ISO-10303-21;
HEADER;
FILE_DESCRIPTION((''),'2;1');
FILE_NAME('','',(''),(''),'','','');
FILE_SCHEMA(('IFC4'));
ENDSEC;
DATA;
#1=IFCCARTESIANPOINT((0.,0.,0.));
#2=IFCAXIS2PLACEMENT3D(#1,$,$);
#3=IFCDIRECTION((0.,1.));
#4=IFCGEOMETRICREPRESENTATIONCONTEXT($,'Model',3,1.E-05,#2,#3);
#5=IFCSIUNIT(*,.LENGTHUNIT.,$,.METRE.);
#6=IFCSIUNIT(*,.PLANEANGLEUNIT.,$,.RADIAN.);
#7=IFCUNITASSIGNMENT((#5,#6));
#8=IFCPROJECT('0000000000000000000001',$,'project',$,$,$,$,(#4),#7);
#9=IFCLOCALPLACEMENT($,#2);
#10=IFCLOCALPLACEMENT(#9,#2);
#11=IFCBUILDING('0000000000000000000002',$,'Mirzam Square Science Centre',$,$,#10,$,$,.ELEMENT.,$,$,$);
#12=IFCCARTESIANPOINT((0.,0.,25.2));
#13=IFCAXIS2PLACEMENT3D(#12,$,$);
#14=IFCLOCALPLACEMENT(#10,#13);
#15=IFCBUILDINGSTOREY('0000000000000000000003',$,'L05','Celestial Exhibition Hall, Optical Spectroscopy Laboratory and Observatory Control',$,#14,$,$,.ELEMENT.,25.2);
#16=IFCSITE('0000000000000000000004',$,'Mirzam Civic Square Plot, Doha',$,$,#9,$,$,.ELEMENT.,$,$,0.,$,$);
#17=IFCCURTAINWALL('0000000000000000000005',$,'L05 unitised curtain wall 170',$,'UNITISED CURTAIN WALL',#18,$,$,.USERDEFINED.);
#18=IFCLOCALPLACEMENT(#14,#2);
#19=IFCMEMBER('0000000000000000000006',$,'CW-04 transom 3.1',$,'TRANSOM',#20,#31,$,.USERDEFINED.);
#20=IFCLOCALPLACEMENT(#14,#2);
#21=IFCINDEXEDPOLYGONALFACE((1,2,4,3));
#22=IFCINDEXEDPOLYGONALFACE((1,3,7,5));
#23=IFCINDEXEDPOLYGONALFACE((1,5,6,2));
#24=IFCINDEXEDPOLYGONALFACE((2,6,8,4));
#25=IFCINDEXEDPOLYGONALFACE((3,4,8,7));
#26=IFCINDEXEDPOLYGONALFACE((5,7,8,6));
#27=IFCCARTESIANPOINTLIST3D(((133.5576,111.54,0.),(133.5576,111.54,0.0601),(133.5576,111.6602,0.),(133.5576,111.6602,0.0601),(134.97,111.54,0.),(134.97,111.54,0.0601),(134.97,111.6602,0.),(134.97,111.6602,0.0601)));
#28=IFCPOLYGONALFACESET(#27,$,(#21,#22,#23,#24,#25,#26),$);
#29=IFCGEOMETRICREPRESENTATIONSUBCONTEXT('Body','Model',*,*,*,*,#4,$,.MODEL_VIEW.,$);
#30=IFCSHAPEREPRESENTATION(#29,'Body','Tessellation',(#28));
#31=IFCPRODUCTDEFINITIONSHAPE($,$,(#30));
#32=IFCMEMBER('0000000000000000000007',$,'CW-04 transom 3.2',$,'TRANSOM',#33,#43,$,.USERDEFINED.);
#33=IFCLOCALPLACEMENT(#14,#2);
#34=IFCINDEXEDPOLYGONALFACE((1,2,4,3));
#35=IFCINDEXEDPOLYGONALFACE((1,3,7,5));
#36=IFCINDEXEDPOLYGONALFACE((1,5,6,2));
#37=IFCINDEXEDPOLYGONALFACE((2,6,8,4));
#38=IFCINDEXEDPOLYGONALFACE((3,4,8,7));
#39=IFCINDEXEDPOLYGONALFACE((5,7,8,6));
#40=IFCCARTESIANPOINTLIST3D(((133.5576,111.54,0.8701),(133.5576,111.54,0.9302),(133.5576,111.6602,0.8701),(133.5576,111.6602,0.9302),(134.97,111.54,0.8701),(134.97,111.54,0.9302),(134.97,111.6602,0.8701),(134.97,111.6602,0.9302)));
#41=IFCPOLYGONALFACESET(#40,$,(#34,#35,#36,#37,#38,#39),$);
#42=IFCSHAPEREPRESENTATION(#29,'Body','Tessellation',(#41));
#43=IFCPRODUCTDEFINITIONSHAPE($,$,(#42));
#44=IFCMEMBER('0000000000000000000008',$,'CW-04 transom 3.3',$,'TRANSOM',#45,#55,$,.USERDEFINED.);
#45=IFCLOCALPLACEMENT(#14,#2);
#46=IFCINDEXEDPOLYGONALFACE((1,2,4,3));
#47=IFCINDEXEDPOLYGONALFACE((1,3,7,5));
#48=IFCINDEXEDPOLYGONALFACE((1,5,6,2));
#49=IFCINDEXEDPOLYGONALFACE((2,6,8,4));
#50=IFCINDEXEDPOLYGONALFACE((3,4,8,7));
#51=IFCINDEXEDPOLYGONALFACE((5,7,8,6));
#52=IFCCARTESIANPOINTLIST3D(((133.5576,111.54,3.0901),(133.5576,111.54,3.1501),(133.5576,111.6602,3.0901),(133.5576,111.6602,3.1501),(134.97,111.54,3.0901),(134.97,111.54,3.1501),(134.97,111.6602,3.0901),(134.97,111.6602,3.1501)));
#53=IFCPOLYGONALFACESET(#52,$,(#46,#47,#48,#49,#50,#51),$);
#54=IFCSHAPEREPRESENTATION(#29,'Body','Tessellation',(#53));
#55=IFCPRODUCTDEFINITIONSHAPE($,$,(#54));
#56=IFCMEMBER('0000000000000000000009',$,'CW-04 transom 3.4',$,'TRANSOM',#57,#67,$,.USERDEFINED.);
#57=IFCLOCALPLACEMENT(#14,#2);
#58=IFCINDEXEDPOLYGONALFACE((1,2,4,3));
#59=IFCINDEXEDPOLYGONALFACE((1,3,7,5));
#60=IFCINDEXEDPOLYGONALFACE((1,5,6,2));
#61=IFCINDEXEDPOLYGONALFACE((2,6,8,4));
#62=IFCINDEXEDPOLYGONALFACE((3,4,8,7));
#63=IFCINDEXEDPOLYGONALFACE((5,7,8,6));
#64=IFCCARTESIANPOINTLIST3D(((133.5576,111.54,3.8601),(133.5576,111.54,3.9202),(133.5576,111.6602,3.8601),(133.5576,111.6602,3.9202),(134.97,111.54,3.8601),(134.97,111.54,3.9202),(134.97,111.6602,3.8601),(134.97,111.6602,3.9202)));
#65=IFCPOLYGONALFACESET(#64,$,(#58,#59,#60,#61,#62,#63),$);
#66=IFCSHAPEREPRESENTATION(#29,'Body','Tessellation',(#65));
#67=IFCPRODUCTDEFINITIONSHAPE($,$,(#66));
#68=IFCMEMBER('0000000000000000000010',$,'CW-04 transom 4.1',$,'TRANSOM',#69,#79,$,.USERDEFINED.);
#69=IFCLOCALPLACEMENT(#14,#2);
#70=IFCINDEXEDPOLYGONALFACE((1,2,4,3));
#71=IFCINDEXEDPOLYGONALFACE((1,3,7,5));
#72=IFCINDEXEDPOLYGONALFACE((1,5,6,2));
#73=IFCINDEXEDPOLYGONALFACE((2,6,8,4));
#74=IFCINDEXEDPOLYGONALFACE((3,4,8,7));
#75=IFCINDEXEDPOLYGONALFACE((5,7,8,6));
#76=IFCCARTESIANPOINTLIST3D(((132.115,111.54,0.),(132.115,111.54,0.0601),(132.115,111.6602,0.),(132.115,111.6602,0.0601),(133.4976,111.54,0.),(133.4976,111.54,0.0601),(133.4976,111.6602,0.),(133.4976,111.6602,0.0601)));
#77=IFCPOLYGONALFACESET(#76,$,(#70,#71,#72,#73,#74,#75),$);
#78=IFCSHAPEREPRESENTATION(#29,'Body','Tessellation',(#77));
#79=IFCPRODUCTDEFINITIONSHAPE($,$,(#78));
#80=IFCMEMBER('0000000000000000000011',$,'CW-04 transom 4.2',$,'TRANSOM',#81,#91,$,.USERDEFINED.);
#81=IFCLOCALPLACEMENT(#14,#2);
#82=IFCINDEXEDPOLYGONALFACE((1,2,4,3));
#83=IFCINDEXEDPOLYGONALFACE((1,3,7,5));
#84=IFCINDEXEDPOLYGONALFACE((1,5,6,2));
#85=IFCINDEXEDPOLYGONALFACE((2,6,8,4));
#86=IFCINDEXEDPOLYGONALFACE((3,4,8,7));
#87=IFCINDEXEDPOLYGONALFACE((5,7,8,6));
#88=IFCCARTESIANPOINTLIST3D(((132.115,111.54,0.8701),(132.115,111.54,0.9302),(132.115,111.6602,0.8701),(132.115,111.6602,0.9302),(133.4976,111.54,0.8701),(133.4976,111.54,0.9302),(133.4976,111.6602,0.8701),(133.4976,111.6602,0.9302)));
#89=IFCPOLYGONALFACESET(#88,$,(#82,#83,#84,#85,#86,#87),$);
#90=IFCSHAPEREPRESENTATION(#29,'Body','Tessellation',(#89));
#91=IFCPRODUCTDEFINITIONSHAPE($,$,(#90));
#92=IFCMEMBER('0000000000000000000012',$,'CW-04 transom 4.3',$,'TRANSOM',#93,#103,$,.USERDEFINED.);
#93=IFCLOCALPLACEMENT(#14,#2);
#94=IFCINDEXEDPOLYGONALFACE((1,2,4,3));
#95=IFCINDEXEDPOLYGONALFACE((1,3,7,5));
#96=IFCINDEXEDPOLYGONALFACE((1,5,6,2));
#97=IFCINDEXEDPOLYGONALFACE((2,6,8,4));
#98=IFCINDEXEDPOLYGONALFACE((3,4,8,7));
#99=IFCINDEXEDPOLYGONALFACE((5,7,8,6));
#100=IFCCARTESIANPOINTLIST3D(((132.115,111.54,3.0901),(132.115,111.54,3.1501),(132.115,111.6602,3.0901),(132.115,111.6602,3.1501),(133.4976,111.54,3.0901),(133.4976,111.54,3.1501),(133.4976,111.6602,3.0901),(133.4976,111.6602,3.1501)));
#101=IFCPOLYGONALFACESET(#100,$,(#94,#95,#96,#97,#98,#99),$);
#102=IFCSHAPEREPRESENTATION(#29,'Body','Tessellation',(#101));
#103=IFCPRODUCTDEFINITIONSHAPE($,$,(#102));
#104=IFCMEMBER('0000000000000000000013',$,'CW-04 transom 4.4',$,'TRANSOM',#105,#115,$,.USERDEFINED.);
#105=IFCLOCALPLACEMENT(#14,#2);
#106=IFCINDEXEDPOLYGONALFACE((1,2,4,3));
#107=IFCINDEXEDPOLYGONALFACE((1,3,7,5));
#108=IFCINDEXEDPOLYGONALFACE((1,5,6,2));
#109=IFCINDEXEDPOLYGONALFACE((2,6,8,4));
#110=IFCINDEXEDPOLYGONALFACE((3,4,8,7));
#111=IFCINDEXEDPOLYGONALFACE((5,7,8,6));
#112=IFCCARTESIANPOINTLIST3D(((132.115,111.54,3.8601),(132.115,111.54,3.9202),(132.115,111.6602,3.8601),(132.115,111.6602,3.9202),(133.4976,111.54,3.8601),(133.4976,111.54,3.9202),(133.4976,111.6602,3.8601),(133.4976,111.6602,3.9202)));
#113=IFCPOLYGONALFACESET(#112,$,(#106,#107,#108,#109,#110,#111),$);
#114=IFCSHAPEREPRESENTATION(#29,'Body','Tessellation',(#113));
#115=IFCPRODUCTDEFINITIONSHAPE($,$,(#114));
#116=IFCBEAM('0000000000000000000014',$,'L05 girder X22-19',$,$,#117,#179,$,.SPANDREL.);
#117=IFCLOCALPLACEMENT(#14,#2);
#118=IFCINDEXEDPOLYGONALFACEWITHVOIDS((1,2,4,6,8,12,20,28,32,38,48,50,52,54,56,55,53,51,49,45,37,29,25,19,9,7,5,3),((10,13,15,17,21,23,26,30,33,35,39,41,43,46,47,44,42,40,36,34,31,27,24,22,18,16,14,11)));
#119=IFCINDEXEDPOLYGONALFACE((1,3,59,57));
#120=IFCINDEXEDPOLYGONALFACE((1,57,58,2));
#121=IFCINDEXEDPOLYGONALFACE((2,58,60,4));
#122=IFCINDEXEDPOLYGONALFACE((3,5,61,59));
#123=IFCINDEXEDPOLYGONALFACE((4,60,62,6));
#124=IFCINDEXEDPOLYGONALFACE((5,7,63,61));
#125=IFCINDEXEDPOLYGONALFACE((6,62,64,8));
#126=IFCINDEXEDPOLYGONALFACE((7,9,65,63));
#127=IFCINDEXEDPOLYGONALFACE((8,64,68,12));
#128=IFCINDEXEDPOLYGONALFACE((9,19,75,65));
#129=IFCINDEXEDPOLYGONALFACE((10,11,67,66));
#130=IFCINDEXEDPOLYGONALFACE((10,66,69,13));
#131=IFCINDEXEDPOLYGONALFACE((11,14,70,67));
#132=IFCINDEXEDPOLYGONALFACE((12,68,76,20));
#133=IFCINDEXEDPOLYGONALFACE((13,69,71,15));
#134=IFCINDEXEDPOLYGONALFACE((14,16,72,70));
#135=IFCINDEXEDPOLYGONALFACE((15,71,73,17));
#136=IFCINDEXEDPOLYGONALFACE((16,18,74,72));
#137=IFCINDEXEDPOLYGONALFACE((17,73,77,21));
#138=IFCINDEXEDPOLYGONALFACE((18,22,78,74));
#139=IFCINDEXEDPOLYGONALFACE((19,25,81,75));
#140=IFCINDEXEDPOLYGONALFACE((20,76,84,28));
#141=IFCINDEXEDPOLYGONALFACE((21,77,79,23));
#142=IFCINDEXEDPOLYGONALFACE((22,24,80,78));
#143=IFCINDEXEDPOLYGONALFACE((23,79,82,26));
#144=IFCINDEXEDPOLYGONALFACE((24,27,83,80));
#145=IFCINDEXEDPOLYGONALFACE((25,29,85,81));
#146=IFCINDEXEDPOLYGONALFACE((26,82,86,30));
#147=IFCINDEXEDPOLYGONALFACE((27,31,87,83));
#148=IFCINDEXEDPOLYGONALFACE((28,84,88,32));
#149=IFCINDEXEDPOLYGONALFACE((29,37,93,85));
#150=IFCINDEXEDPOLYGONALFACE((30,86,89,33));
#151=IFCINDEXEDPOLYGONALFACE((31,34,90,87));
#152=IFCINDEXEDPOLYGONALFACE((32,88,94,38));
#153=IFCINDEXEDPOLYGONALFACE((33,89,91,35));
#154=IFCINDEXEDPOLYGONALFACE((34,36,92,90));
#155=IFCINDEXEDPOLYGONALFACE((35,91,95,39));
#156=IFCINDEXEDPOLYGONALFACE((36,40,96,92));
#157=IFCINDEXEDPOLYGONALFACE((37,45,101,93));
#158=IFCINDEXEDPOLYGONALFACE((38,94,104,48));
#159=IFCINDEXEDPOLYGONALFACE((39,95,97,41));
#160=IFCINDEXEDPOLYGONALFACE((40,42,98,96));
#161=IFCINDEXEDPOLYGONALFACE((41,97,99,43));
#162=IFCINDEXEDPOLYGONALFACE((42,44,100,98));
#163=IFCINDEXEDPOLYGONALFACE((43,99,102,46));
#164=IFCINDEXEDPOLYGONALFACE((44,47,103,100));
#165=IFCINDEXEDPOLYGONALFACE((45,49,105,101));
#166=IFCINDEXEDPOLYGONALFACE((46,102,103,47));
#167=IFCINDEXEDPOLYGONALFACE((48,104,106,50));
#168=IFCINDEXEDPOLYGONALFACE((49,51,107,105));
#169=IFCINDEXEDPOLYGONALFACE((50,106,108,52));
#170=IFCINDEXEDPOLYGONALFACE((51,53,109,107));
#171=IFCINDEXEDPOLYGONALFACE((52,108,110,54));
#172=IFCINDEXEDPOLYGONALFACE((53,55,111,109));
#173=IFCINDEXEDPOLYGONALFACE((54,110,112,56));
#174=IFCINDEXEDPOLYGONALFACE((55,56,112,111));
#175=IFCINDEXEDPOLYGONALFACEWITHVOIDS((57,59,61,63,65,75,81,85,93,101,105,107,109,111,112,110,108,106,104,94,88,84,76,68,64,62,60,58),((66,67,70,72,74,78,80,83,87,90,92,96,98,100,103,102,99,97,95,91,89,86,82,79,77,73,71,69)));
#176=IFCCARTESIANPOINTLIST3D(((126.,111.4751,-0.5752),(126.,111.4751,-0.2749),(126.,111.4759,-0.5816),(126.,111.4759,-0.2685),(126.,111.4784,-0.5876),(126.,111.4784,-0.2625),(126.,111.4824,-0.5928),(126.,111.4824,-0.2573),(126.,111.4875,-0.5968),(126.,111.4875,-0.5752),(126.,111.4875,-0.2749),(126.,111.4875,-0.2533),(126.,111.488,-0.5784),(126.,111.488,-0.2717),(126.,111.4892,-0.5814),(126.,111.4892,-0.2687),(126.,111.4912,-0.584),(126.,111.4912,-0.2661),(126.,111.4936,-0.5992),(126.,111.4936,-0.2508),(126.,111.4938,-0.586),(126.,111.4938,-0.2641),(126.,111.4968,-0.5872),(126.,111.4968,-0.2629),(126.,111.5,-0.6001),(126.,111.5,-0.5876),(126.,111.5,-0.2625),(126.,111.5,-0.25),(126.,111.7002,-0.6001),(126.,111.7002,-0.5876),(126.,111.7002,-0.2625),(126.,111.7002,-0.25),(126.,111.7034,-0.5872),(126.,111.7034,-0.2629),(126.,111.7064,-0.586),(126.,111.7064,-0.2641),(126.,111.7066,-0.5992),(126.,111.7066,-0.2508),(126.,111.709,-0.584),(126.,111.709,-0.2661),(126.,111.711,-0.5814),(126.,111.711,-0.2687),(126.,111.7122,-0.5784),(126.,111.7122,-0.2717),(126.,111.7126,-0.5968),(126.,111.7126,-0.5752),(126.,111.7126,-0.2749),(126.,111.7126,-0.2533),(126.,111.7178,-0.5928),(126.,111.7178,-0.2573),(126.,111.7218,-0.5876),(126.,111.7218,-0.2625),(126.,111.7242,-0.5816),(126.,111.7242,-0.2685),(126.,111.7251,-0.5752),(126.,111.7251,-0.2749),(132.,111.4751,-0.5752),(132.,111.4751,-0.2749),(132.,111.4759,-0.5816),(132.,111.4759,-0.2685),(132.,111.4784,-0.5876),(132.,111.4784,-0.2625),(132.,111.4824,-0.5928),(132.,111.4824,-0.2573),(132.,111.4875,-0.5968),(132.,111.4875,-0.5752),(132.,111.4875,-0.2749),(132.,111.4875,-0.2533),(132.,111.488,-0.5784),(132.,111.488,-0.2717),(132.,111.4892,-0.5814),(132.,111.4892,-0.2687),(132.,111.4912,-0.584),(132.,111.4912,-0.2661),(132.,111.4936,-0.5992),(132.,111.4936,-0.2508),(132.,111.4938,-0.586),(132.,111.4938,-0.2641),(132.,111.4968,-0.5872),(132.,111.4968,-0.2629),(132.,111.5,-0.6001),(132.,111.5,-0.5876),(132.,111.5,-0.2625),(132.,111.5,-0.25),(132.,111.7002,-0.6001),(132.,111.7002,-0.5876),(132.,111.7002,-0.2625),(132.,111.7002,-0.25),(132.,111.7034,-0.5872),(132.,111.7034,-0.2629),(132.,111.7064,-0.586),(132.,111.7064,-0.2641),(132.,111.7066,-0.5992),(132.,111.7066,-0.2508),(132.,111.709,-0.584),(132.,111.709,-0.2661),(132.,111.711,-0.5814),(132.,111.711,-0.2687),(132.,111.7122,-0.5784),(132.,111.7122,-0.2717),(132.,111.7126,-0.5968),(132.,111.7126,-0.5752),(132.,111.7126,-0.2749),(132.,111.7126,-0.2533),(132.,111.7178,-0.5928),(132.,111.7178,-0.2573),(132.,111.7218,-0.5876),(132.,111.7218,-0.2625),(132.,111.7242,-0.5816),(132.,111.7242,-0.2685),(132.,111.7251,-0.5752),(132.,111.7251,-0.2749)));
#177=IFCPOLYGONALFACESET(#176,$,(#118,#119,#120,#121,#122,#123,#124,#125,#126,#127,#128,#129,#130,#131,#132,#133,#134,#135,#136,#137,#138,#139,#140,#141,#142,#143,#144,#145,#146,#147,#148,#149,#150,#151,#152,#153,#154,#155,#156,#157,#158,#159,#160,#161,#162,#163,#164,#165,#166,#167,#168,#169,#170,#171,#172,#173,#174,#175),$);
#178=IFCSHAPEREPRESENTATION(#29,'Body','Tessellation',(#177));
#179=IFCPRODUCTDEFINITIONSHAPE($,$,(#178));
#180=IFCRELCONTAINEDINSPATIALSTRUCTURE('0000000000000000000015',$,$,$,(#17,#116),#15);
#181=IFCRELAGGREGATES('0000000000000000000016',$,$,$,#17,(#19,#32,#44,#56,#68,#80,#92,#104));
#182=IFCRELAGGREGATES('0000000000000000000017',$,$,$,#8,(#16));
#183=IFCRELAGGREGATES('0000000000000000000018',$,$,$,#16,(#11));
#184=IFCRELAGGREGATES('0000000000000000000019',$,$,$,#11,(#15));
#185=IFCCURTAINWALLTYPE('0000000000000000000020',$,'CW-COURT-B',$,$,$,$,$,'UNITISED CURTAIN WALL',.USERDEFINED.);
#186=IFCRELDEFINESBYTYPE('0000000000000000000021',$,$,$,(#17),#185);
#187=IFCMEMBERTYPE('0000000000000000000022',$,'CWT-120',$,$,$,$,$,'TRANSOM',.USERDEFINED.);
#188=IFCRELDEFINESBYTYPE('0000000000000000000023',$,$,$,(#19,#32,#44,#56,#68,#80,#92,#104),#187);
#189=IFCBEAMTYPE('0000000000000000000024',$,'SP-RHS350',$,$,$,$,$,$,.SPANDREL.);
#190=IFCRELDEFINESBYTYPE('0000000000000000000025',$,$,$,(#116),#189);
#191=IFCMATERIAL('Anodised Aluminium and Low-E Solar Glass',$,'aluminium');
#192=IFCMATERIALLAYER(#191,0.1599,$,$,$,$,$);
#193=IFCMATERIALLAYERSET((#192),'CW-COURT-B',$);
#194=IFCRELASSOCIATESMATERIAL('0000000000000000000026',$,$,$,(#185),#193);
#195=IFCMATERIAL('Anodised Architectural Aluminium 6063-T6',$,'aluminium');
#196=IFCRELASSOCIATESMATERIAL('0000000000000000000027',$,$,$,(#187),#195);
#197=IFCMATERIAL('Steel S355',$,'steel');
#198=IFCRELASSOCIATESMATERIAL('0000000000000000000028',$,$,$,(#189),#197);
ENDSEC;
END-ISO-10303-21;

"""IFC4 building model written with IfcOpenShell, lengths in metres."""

from ifc_helpers import new_model, si_unit, direction, frame, origin, origin_2d, place, context, subcontext, project, spatial, rectangle, hollow_rectangle, extrude, material, layer, layer_set, material_profile, profile_set, type_object, element, aggregate, save


model = new_model("IFC4")

# Units and contexts
model_context = context("Model", 3, precision=1e-05, world=origin(), true_north=direction((0.0, 1.0)))
body_context = subcontext(model_context, "Body", "Model", "MODEL_VIEW")
ifc_project = project(units=[si_unit("LENGTHUNIT", "METRE"), si_unit("PLANEANGLEUNIT", "RADIAN")], contexts=[model_context])

# Site, building, storey
site_placement = place(None, origin())
site = spatial("IfcSite", under=ifc_project, at=site_placement, Name="Mirzam Civic Square Plot, Doha", CompositionType="ELEMENT", RefElevation=0.0)
building_placement = place(site_placement, origin())
building = spatial("IfcBuilding", under=site, at=building_placement, Name="Mirzam Square Science Centre", CompositionType="ELEMENT")
storey_placement = place(building_placement, frame((0.0, 0.0, 25.2)))
storey = spatial("IfcBuildingStorey", under=building, at=storey_placement, Name="L05", Description="Celestial Exhibition Hall, Optical Spectroscopy Laboratory and Observatory Control", CompositionType="ELEMENT", Elevation=25.2)

# Shared definitions
ifc_material_1 = material(Name="Steel S355", Category="steel")

# Curtain wall, members
ifc_material_2 = material(Name="Anodised Aluminium and Low-E Solar Glass", Category="aluminium")
ifc_layer_1 = layer(ifc_material_2, 0.1599)
ifc_layer_set_1 = layer_set([ifc_layer_1], Name="CW-COURT-B")
curtain_wall_type = type_object("IfcCurtainWallType", Name="CW-COURT-B", ElementType="UNITISED CURTAIN WALL", PredefinedType="USERDEFINED", material=ifc_layer_set_1)
curtain_wall_placement = place(storey_placement, origin())
curtain_wall = element("IfcCurtainWall", 1, at=curtain_wall_placement, inside=storey, type_object=curtain_wall_type, Name="L05 unitised curtain wall 170", ObjectType="UNITISED CURTAIN WALL", PredefinedType="USERDEFINED")
ifc_material_3 = material(Name="Anodised Architectural Aluminium 6063-T6", Category="aluminium")
ifc_material_profile_1 = material_profile(ifc_material_3, rectangle(XDim=0.1201, YDim=0.0601, at=origin_2d()), Name="ALU-TRAN-120x60x4")
ifc_profile_set_1 = profile_set([ifc_material_profile_1], Name="Anodised Architectural Aluminium 6063-T6")
member_type_1 = type_object("IfcMemberType", Name="CWT-120", ElementType="TRANSOM", PredefinedType="USERDEFINED", material=ifc_profile_set_1)
member_1_placement = place(storey_placement, frame((134.97, 111.6001, 0.03), z_axis=(-1.0, 0.0, 0.0), x_axis=(0.0, -1.0, 0.0)))
member_1 = element("IfcMember", 2, at=member_1_placement, type_object=member_type_1, Name="CW-04 transom 3.1", ObjectType="TRANSOM", PredefinedType="USERDEFINED", context=body_context, shape_type="SweptSolid", body=[
    extrude(rectangle(XDim=0.1201, YDim=0.0601, at=origin_2d()), origin(), (0.0, 0.0, 1.0), 1.4124),
])
member_2_placement = place(storey_placement, frame((134.97, 111.6001, 0.9001), z_axis=(-1.0, 0.0, 0.0), x_axis=(0.0, -1.0, 0.0)))
member_2 = element("IfcMember", 3, at=member_2_placement, type_object=member_type_1, Name="CW-04 transom 3.2", ObjectType="TRANSOM", PredefinedType="USERDEFINED", context=body_context, shape_type="SweptSolid", body=[
    extrude(rectangle(XDim=0.1201, YDim=0.0601, at=origin_2d()), origin(), (0.0, 0.0, 1.0), 1.4124),
])
member_3_placement = place(storey_placement, frame((134.97, 111.6001, 3.1201), z_axis=(-1.0, 0.0, 0.0), x_axis=(0.0, -1.0, 0.0)))
member_3 = element("IfcMember", 4, at=member_3_placement, type_object=member_type_1, Name="CW-04 transom 3.3", ObjectType="TRANSOM", PredefinedType="USERDEFINED", context=body_context, shape_type="SweptSolid", body=[
    extrude(rectangle(XDim=0.1201, YDim=0.0601, at=origin_2d()), origin(), (0.0, 0.0, 1.0), 1.4124),
])
member_4_placement = place(storey_placement, frame((134.97, 111.6001, 3.8901), z_axis=(-1.0, 0.0, 0.0), x_axis=(0.0, -1.0, 0.0)))
member_4 = element("IfcMember", 5, at=member_4_placement, type_object=member_type_1, Name="CW-04 transom 3.4", ObjectType="TRANSOM", PredefinedType="USERDEFINED", context=body_context, shape_type="SweptSolid", body=[
    extrude(rectangle(XDim=0.1201, YDim=0.0601, at=origin_2d()), origin(), (0.0, 0.0, 1.0), 1.4124),
])
member_5_placement = place(storey_placement, frame((133.4976, 111.6001, 0.03), z_axis=(-1.0, 0.0, 0.0), x_axis=(0.0, -1.0, 0.0)))
member_5 = element("IfcMember", 6, at=member_5_placement, type_object=member_type_1, Name="CW-04 transom 4.1", ObjectType="TRANSOM", PredefinedType="USERDEFINED", context=body_context, shape_type="SweptSolid", body=[
    extrude(rectangle(XDim=0.1201, YDim=0.0601, at=origin_2d()), origin(), (0.0, 0.0, 1.0), 1.3826),
])
member_6_placement = place(storey_placement, frame((133.4976, 111.6001, 0.9001), z_axis=(-1.0, 0.0, 0.0), x_axis=(0.0, -1.0, 0.0)))
member_6 = element("IfcMember", 7, at=member_6_placement, type_object=member_type_1, Name="CW-04 transom 4.2", ObjectType="TRANSOM", PredefinedType="USERDEFINED", context=body_context, shape_type="SweptSolid", body=[
    extrude(rectangle(XDim=0.1201, YDim=0.0601, at=origin_2d()), origin(), (0.0, 0.0, 1.0), 1.3826),
])
member_7_placement = place(storey_placement, frame((133.4976, 111.6001, 3.1201), z_axis=(-1.0, 0.0, 0.0), x_axis=(0.0, -1.0, 0.0)))
member_7 = element("IfcMember", 8, at=member_7_placement, type_object=member_type_1, Name="CW-04 transom 4.3", ObjectType="TRANSOM", PredefinedType="USERDEFINED", context=body_context, shape_type="SweptSolid", body=[
    extrude(rectangle(XDim=0.1201, YDim=0.0601, at=origin_2d()), origin(), (0.0, 0.0, 1.0), 1.3826),
])
member_8_placement = place(storey_placement, frame((133.4976, 111.6001, 3.8901), z_axis=(-1.0, 0.0, 0.0), x_axis=(0.0, -1.0, 0.0)))
member_8 = element("IfcMember", 9, at=member_8_placement, type_object=member_type_1, Name="CW-04 transom 4.4", ObjectType="TRANSOM", PredefinedType="USERDEFINED", context=body_context, shape_type="SweptSolid", body=[
    extrude(rectangle(XDim=0.1201, YDim=0.0601, at=origin_2d()), origin(), (0.0, 0.0, 1.0), 1.3826),
])

# Beam
ifc_material_profile_2 = material_profile(ifc_material_1, hollow_rectangle(XDim=0.25, YDim=0.3501, WallThickness=0.0125, InnerFilletRadius=0.0125, OuterFilletRadius=0.0249, at=origin_2d()), Name="350x250x12.5RHS")
ifc_profile_set_2 = profile_set([ifc_material_profile_2], Name="Steel S355")
beam_type_1 = type_object("IfcBeamType", Name="SP-RHS350", PredefinedType="SPANDREL", material=ifc_profile_set_2)
for number, where, z_axis, x_axis, name in (
    (10, (126.0, 111.6001, -0.425), (1.0, 0.0, 0.0), (0.0, 1.0, 0.0), "L05 girder X22-19"),
):
    element("IfcBeam", number, at=place(storey_placement, frame(where, z_axis=z_axis, x_axis=x_axis)), inside=storey, type_object=beam_type_1, Name=name, PredefinedType="SPANDREL", context=body_context, shape_type="SweptSolid", body=[
        extrude(hollow_rectangle(XDim=0.25, YDim=0.3501, WallThickness=0.0125, InnerFilletRadius=0.0125, OuterFilletRadius=0.0249, at=origin_2d()), origin(), (0.0, 0.0, 1.0), 6.0),
    ])

aggregate(curtain_wall, [member_1, member_2, member_3, member_4, member_5, member_6, member_7, member_8])

save(model, "model.ifc")
